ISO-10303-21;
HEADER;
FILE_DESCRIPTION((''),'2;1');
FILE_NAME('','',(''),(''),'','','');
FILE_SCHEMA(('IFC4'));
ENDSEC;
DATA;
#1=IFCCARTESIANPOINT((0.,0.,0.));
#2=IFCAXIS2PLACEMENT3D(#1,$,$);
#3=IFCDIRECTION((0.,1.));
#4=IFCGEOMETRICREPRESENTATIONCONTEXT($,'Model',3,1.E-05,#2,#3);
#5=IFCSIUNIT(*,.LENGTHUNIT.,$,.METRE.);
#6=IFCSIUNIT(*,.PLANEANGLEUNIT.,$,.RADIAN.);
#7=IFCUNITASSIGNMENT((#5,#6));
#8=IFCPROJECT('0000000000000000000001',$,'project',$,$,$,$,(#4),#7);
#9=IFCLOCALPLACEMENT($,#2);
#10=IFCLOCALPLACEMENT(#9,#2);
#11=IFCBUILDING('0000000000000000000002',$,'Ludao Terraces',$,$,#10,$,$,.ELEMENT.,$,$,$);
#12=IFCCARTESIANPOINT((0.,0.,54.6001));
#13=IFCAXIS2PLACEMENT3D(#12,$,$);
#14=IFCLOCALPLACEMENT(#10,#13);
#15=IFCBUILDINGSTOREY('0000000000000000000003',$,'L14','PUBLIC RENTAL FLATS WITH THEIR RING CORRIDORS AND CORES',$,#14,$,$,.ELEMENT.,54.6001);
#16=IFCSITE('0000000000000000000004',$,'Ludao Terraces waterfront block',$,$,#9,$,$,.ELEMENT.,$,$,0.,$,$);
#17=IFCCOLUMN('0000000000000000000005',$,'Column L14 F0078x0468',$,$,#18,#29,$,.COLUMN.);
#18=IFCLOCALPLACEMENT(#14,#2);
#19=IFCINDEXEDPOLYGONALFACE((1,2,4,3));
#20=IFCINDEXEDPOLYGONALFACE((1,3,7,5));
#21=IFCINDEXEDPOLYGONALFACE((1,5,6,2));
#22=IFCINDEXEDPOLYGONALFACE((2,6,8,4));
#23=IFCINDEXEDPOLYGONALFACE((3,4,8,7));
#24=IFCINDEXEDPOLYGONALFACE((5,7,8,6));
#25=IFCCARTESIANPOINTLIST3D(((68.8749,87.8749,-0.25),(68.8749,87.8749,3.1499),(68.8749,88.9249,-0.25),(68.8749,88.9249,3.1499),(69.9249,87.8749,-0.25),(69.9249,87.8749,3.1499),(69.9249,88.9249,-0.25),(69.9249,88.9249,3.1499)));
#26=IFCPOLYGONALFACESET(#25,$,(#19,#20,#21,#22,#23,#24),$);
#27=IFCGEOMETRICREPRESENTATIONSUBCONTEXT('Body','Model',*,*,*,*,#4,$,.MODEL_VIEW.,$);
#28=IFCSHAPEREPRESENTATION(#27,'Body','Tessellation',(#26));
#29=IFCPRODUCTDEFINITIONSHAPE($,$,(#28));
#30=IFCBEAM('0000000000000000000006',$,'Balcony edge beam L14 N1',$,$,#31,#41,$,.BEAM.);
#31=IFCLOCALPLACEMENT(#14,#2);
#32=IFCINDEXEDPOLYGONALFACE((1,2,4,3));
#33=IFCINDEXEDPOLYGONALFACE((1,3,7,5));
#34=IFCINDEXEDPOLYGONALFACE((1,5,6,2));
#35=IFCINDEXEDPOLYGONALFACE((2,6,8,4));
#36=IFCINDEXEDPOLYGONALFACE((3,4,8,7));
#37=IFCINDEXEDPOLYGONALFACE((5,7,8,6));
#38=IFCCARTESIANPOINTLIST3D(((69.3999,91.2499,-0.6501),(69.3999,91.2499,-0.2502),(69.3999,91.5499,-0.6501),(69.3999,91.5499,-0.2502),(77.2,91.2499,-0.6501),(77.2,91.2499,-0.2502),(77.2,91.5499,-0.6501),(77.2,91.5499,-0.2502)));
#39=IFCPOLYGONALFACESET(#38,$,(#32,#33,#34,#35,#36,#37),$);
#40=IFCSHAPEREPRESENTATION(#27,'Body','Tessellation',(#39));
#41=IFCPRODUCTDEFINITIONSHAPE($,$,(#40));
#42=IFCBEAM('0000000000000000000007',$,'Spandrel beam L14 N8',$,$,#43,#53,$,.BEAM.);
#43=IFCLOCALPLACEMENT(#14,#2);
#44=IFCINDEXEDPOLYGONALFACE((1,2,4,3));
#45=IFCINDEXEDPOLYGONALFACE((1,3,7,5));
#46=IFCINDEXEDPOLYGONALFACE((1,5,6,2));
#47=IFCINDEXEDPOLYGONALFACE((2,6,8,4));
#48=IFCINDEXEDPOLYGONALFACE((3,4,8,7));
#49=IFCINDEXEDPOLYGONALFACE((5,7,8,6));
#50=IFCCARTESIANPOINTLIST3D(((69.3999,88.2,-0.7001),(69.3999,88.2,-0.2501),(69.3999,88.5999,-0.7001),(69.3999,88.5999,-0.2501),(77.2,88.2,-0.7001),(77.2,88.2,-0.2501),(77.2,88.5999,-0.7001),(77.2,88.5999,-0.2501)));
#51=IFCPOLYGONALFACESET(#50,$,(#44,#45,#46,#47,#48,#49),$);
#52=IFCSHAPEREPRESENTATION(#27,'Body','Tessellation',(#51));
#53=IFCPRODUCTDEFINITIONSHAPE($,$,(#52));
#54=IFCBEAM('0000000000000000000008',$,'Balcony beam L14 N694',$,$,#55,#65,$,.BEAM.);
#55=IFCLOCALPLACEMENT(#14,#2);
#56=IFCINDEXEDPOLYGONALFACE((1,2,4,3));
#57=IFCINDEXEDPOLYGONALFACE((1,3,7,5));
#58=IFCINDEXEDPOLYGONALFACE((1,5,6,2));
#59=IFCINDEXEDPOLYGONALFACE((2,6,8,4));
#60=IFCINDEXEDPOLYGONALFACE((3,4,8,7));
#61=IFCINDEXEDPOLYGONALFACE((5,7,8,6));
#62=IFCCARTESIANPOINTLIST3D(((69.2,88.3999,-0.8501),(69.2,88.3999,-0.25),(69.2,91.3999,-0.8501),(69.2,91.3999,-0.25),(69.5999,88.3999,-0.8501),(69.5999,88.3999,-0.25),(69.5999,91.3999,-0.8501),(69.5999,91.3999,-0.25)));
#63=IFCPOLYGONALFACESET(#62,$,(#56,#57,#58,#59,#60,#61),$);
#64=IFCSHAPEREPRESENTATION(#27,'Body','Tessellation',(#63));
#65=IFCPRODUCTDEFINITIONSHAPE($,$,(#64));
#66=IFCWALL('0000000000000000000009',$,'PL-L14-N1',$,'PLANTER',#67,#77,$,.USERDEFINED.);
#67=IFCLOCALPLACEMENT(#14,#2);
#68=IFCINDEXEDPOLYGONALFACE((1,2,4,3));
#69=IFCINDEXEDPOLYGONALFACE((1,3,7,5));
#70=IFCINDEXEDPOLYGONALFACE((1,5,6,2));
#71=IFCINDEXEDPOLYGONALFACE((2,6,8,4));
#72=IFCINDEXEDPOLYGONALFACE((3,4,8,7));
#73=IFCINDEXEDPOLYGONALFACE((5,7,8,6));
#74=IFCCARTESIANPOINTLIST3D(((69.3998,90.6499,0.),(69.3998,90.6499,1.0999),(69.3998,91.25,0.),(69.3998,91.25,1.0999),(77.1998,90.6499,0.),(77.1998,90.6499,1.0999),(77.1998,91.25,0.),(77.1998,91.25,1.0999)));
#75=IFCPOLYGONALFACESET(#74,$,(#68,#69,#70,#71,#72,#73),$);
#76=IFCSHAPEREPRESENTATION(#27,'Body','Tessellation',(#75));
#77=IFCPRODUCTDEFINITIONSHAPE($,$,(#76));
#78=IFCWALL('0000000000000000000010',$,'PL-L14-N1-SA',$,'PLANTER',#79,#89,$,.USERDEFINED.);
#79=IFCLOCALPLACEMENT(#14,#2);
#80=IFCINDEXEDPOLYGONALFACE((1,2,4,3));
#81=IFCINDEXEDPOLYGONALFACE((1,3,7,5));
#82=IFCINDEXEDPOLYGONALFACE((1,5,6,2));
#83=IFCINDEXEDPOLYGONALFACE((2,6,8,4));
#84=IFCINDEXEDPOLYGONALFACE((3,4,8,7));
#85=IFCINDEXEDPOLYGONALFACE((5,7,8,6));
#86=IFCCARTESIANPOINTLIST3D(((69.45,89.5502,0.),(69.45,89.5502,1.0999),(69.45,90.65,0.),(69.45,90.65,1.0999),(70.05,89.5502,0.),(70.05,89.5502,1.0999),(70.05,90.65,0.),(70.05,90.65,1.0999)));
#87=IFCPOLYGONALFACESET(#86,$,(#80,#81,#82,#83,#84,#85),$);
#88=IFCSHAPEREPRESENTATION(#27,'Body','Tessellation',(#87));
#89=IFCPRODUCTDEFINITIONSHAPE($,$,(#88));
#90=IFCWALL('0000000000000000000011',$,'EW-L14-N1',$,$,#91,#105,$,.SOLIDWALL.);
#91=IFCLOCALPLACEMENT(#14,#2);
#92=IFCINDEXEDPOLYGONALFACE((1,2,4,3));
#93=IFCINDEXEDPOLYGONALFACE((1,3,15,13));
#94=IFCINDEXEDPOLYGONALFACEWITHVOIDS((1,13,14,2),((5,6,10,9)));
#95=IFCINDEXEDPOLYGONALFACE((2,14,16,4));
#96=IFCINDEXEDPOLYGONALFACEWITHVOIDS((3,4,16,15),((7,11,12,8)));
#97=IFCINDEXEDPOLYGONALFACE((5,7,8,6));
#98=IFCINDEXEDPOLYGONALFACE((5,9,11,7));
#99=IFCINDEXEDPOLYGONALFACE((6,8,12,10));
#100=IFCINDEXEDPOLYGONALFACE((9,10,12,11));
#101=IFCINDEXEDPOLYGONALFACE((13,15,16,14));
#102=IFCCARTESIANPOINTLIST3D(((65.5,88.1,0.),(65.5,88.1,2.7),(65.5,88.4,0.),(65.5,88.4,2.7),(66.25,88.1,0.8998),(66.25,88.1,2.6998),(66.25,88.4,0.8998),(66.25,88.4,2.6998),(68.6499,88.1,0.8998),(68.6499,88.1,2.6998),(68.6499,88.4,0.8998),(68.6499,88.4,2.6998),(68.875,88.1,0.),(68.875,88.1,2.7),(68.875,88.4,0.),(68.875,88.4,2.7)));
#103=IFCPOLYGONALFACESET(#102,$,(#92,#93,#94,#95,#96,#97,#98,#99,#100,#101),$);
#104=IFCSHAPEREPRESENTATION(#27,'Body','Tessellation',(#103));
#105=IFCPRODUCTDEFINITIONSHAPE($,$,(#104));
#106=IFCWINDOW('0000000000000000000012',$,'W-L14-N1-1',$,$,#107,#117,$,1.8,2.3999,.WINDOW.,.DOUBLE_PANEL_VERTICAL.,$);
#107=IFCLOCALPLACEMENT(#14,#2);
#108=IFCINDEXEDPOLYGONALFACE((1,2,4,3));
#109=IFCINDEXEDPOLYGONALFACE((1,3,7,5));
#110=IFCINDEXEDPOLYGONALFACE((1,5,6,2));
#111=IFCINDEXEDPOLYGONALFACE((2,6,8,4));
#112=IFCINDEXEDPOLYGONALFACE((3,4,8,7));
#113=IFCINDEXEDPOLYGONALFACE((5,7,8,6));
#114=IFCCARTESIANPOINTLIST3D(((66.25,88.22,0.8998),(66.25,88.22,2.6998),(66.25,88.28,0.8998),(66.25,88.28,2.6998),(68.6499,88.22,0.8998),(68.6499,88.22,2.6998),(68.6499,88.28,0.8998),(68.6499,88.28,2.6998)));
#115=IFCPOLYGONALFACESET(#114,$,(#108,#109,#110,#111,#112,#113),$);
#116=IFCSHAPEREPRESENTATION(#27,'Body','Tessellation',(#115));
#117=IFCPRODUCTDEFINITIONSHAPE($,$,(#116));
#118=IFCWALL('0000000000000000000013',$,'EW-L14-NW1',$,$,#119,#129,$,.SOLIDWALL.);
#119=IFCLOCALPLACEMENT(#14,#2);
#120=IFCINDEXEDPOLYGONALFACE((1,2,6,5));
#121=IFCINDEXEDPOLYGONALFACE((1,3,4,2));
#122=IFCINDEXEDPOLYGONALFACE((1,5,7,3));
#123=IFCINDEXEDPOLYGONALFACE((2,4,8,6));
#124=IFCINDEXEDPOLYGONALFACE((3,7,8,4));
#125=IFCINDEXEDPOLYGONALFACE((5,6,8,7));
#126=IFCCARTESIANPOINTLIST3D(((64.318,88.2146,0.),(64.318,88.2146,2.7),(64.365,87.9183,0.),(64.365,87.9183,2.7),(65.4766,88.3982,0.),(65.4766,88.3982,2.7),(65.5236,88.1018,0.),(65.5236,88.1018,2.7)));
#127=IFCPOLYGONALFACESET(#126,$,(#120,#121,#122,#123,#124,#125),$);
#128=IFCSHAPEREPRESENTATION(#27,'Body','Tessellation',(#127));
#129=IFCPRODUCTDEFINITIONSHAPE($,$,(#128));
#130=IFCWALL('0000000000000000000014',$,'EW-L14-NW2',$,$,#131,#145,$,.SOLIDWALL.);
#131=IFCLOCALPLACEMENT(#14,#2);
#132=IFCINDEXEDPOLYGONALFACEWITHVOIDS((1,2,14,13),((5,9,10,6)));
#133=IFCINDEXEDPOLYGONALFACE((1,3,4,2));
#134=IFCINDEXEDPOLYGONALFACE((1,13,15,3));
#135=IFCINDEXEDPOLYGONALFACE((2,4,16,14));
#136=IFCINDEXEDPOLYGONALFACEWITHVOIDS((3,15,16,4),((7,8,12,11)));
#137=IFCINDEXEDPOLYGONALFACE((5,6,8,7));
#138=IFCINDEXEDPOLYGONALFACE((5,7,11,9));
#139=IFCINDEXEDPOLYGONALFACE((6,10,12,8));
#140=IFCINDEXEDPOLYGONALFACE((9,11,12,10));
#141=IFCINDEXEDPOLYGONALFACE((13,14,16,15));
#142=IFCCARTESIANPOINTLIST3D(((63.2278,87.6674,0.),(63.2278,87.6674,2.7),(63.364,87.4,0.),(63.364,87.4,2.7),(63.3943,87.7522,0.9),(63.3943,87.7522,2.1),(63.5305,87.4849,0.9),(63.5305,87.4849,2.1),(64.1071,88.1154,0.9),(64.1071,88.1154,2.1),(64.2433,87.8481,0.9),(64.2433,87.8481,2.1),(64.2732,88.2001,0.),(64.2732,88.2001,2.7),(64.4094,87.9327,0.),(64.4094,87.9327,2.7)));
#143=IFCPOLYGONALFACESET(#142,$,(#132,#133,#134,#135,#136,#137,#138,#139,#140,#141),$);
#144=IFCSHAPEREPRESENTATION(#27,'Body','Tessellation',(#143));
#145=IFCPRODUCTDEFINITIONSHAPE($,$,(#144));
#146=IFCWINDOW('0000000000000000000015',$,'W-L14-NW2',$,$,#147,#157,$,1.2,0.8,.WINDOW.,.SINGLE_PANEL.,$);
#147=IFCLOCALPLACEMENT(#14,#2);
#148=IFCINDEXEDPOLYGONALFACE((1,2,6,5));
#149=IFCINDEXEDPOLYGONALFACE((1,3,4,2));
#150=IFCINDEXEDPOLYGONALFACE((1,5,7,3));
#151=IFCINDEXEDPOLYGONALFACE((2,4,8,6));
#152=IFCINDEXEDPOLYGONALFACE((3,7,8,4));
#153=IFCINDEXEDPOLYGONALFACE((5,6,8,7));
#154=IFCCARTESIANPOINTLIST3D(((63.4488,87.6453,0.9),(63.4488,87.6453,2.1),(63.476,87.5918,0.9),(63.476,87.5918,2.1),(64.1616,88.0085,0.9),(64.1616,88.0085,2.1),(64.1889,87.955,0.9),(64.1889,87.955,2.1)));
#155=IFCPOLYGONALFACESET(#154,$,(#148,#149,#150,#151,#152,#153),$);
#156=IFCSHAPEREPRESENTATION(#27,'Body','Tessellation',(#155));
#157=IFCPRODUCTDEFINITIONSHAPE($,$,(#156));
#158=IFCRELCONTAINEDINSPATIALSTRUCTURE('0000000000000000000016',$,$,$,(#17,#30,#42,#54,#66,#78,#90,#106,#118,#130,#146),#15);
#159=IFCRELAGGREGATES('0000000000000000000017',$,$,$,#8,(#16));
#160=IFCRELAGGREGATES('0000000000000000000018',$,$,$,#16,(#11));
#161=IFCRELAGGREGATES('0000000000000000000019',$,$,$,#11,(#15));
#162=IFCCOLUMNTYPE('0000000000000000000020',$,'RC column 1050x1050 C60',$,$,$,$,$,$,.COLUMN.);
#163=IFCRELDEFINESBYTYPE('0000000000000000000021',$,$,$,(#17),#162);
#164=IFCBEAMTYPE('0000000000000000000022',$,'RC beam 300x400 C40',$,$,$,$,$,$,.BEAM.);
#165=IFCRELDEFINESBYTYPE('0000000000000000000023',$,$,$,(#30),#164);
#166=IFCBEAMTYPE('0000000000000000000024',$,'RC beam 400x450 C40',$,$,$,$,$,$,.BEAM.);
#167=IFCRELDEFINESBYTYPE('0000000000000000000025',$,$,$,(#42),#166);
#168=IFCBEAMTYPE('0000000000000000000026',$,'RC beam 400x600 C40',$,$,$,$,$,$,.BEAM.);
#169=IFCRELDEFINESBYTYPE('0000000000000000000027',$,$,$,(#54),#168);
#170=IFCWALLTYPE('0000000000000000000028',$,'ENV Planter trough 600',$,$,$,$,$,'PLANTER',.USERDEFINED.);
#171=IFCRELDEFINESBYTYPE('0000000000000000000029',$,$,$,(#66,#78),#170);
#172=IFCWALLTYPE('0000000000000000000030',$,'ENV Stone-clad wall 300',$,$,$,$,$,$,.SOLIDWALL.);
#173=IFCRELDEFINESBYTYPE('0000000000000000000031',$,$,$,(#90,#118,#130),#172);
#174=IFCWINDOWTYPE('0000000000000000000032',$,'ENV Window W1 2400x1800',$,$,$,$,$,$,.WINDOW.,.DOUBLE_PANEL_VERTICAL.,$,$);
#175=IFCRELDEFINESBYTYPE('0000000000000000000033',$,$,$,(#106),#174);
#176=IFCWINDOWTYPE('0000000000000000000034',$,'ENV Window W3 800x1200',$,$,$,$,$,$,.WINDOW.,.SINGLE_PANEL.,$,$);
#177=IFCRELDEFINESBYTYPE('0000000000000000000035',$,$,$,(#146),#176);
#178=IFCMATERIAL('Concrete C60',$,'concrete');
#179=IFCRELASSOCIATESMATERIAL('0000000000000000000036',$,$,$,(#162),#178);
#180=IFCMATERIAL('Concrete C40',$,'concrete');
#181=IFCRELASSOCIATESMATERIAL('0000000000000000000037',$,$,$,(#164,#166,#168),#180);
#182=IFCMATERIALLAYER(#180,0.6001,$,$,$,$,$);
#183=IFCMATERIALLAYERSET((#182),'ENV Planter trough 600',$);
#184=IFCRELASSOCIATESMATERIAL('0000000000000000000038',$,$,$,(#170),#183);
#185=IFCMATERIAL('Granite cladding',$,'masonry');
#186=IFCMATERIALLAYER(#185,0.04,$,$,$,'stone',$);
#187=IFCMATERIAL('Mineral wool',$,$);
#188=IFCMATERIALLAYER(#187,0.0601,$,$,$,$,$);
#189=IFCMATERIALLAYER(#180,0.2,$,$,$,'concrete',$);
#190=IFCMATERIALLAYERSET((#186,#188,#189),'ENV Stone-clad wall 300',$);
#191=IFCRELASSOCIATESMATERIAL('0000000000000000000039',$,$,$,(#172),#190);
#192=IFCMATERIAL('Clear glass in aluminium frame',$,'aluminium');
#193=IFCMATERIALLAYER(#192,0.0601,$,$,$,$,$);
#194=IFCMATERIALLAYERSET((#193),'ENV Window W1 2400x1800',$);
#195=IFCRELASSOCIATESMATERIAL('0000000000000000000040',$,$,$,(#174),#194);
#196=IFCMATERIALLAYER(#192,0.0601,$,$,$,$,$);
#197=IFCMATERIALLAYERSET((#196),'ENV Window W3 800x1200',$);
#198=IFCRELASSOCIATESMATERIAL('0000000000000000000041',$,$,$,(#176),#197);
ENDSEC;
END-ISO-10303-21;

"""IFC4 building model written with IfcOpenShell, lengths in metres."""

from ifc_helpers import new_model, si_unit, direction, frame, frame_2d, origin, origin_2d, place, context, subcontext, project, spatial, rectangle, extrude, material, layer, layer_set, material_profile, profile_set, type_object, element, fill, save


model = new_model("IFC4")

# Units and contexts
model_context = context("Model", 3, precision=1e-05, world=origin(), true_north=direction((0.0, 1.0)))
body_context = subcontext(model_context, "Body", "Model", "MODEL_VIEW")
ifc_project = project(units=[si_unit("LENGTHUNIT", "METRE"), si_unit("PLANEANGLEUNIT", "RADIAN")], contexts=[model_context])

# Site, building, storey
site_placement = place(None, origin())
site = spatial("IfcSite", under=ifc_project, at=site_placement, Name="Ludao Terraces waterfront block", CompositionType="ELEMENT", RefElevation=0.0)
building_placement = place(site_placement, origin())
building = spatial("IfcBuilding", under=site, at=building_placement, Name="Ludao Terraces", CompositionType="ELEMENT")
storey_placement = place(building_placement, frame((0.0, 0.0, 54.6001)))
storey = spatial("IfcBuildingStorey", under=building, at=storey_placement, Name="L14", Description="PUBLIC RENTAL FLATS WITH THEIR RING CORRIDORS AND CORES", CompositionType="ELEMENT", Elevation=54.6001)

# Column
ifc_material_1 = material(Name="Concrete C60", Category="concrete")
ifc_material_profile_1 = material_profile(ifc_material_1, rectangle(XDim=1.05, YDim=1.05, at=origin_2d()), Name="1050 X 1050")
ifc_profile_set_1 = profile_set([ifc_material_profile_1], Name="Concrete C60")
column_type = type_object("IfcColumnType", Name="RC column 1050x1050 C60", PredefinedType="COLUMN", material=ifc_profile_set_1)
column_placement = place(storey_placement, frame((69.3999, 88.3999, -0.25), z_axis=(0.0, 0.0, 1.0), x_axis=(1.0, 0.0, 0.0)))
element("IfcColumn", 1, at=column_placement, inside=storey, type_object=column_type, Name="Column L14 F0078x0468", PredefinedType="COLUMN", context=body_context, shape_type="SweptSolid", body=[
    extrude(rectangle(XDim=1.05, YDim=1.05, at=origin_2d()), origin(), (0.0, 0.0, 1.0), 3.3999),
])

# Beams
ifc_material_2 = material(Name="Concrete C40", Category="concrete")
ifc_material_profile_2 = material_profile(ifc_material_2, rectangle(XDim=0.3, YDim=0.3999, at=origin_2d()), Name="300 X 400")
ifc_profile_set_2 = profile_set([ifc_material_profile_2], Name="Concrete C40")
beam_type_1 = type_object("IfcBeamType", Name="RC beam 300x400 C40", PredefinedType="BEAM", material=ifc_profile_set_2)
beam_1_placement = place(storey_placement, frame((69.3999, 91.3999, -0.4502), z_axis=(1.0, 0.0, 0.0), x_axis=(0.0, 1.0, 0.0)))
element("IfcBeam", 2, at=beam_1_placement, inside=storey, type_object=beam_type_1, Name="Balcony edge beam L14 N1", PredefinedType="BEAM", context=body_context, shape_type="SweptSolid", body=[
    extrude(rectangle(XDim=0.3, YDim=0.3999, at=origin_2d()), origin(), (0.0, 0.0, 1.0), 7.8),
])
ifc_material_profile_3 = material_profile(ifc_material_2, rectangle(XDim=0.3999, YDim=0.45, at=origin_2d()), Name="400 X 450")
ifc_profile_set_3 = profile_set([ifc_material_profile_3], Name="Concrete C40")
beam_type_2 = type_object("IfcBeamType", Name="RC beam 400x450 C40", PredefinedType="BEAM", material=ifc_profile_set_3)
beam_2_placement = place(storey_placement, frame((69.3999, 88.3999, -0.4751), z_axis=(1.0, 0.0, 0.0), x_axis=(0.0, 1.0, 0.0)))
element("IfcBeam", 3, at=beam_2_placement, inside=storey, type_object=beam_type_2, Name="Spandrel beam L14 N8", PredefinedType="BEAM", context=body_context, shape_type="SweptSolid", body=[
    extrude(rectangle(XDim=0.3999, YDim=0.45, at=origin_2d()), origin(), (0.0, 0.0, 1.0), 7.8),
])
ifc_material_profile_4 = material_profile(ifc_material_2, rectangle(XDim=0.3999, YDim=0.6001, at=origin_2d()), Name="400 X 600")
ifc_profile_set_4 = profile_set([ifc_material_profile_4], Name="Concrete C40")
beam_type_3 = type_object("IfcBeamType", Name="RC beam 400x600 C40", PredefinedType="BEAM", material=ifc_profile_set_4)
beam_3_placement = place(storey_placement, frame((69.3999, 88.3999, -0.55), z_axis=(0.0, 1.0, 0.0), x_axis=(-1.0, 0.0, 0.0)))
element("IfcBeam", 4, at=beam_3_placement, inside=storey, type_object=beam_type_3, Name="Balcony beam L14 N694", PredefinedType="BEAM", context=body_context, shape_type="SweptSolid", body=[
    extrude(rectangle(XDim=0.3999, YDim=0.6001, at=origin_2d()), origin(), (0.0, 0.0, 1.0), 3.0),
])

# Walls
ifc_layer_1 = layer(ifc_material_2, 0.6001)
ifc_layer_set_1 = layer_set([ifc_layer_1], Name="ENV Planter trough 600")
wall_type_1 = type_object("IfcWallType", Name="ENV Planter trough 600", ElementType="PLANTER", PredefinedType="USERDEFINED", material=ifc_layer_set_1)
wall_1_placement = place(storey_placement, frame((69.3999, 90.95, 0.0), z_axis=(0.0, 0.0, 1.0), x_axis=(1.0, 0.0, 0.0)))
element("IfcWall", 5, at=wall_1_placement, inside=storey, type_object=wall_type_1, Name="PL-L14-N1", ObjectType="PLANTER", PredefinedType="USERDEFINED", context=body_context, shape_type="SweptSolid", body=[
    extrude(rectangle(XDim=7.8, YDim=0.6001, at=frame_2d((3.8999, 0.0))), origin(), (0.0, 0.0, 1.0), 1.0999),
])
wall_2_placement = place(storey_placement, frame((69.75, 90.6499, 0.0), z_axis=(0.0, 0.0, 1.0), x_axis=(0.0, -1.0, 0.0)))
element("IfcWall", 6, at=wall_2_placement, inside=storey, type_object=wall_type_1, Name="PL-L14-N1-SA", ObjectType="PLANTER", PredefinedType="USERDEFINED", context=body_context, shape_type="SweptSolid", body=[
    extrude(rectangle(XDim=1.0999, YDim=0.6001, at=frame_2d((0.5498, 0.0))), origin(), (0.0, 0.0, 1.0), 1.0999),
])

# Wall, opening, window
ifc_material_3 = material(Name="Granite cladding", Category="masonry")
ifc_layer_2 = layer(ifc_material_3, 0.04, Category="stone")
ifc_material_4 = material(Name="Mineral wool")
ifc_layer_3 = layer(ifc_material_4, 0.0601)
ifc_layer_4 = layer(ifc_material_2, 0.2, Category="concrete")
ifc_layer_set_2 = layer_set([ifc_layer_2, ifc_layer_3, ifc_layer_4], Name="ENV Stone-clad wall 300")
wall_type_2 = type_object("IfcWallType", Name="ENV Stone-clad wall 300", PredefinedType="SOLIDWALL", material=ifc_layer_set_2)
wall_3_placement = place(storey_placement, frame((65.5, 88.25, 0.0), z_axis=(0.0, 0.0, 1.0), x_axis=(1.0, 0.0, 0.0)))
wall_3 = element("IfcWall", 7, at=wall_3_placement, inside=storey, type_object=wall_type_2, Name="EW-L14-N1", PredefinedType="SOLIDWALL", context=body_context, shape_type="SweptSolid", body=[
    extrude(rectangle(XDim=3.375, YDim=0.3, at=frame_2d((1.6875, 0.0))), origin(), (0.0, 0.0, 1.0), 2.7),
])
opening_1_placement = place(wall_3_placement, frame((0.75, 0.0, 0.8999)))
opening_1 = element("IfcOpeningElement", 8, at=opening_1_placement, cuts=wall_3, PredefinedType="OPENING", context=body_context, shape_type="SweptSolid", body=[
    extrude(rectangle(XDim=2.3999, YDim=1.8, at=frame_2d((1.2, 0.8999))), frame((0.0, 0.1602, 0.0), z_axis=(0.0, -1.0, 0.0), x_axis=(1.0, 0.0, 0.0)), (0.0, 0.0, 1.0), 0.3201),
])
ifc_material_5 = material(Name="Clear glass in aluminium frame", Category="aluminium")
ifc_layer_5 = layer(ifc_material_5, 0.0601)
ifc_layer_set_3 = layer_set([ifc_layer_5], Name="ENV Window W1 2400x1800")
window_type_1 = type_object("IfcWindowType", Name="ENV Window W1 2400x1800", PartitioningType="DOUBLE_PANEL_VERTICAL", PredefinedType="WINDOW", material=ifc_layer_set_3)
window_1_placement = place(opening_1_placement, origin())
window_1 = element("IfcWindow", 9, at=window_1_placement, inside=storey, type_object=window_type_1, Name="W-L14-N1-1", OverallHeight=1.8, OverallWidth=2.3999, PartitioningType="DOUBLE_PANEL_VERTICAL", PredefinedType="WINDOW", context=body_context, shape_type="SweptSolid", body=[
    extrude(rectangle(XDim=2.3999, YDim=1.8, at=frame_2d((1.2, 0.8999))), frame((0.0, 0.03, 0.0), z_axis=(0.0, -1.0, 0.0), x_axis=(1.0, 0.0, 0.0)), (0.0, 0.0, 1.0), 0.0601),
])
fill(opening_1, window_1)

# Wall
wall_4_placement = place(storey_placement, frame((65.5, 88.25, 0.0), z_axis=(0.0, 0.0, 1.0), x_axis=(-0.987678, -0.156497, 0.0)))
element("IfcWall", 10, at=wall_4_placement, inside=storey, type_object=wall_type_2, Name="EW-L14-NW1", PredefinedType="SOLIDWALL", context=body_context, shape_type="SweptSolid", body=[
    extrude(rectangle(XDim=1.1731, YDim=0.3, at=frame_2d((0.5864, 0.0))), origin(), (0.0, 0.0, 1.0), 2.7),
])

# Wall, opening, window
wall_5_placement = place(storey_placement, frame((64.3413, 88.0664, 0.0), z_axis=(0.0, 0.0, 1.0), x_axis=(-0.890989, -0.454026, 0.0)))
wall_5 = element("IfcWall", 11, at=wall_5_placement, inside=storey, type_object=wall_type_2, Name="EW-L14-NW2", PredefinedType="SOLIDWALL", context=body_context, shape_type="SweptSolid", body=[
    extrude(rectangle(XDim=1.1733, YDim=0.3, at=frame_2d((0.5867, 0.0))), origin(), (0.0, 0.0, 1.0), 2.7),
])
opening_2_placement = place(wall_5_placement, frame((0.1865, 0.0, 0.8999)))
opening_2 = element("IfcOpeningElement", 12, at=opening_2_placement, cuts=wall_5, PredefinedType="OPENING", context=body_context, shape_type="SweptSolid", body=[
    extrude(rectangle(XDim=0.8, YDim=1.2, at=frame_2d((0.3999, 0.6001))), frame((0.0, 0.1602, 0.0), z_axis=(0.0, -1.0, 0.0), x_axis=(1.0, 0.0, 0.0)), (0.0, 0.0, 1.0), 0.3201),
])
ifc_layer_6 = layer(ifc_material_5, 0.0601)
ifc_layer_set_4 = layer_set([ifc_layer_6], Name="ENV Window W3 800x1200")
window_type_2 = type_object("IfcWindowType", Name="ENV Window W3 800x1200", PartitioningType="SINGLE_PANEL", PredefinedType="WINDOW", material=ifc_layer_set_4)
window_2_placement = place(opening_2_placement, origin())
window_2 = element("IfcWindow", 13, at=window_2_placement, inside=storey, type_object=window_type_2, Name="W-L14-NW2", OverallHeight=1.2, OverallWidth=0.8, PartitioningType="SINGLE_PANEL", PredefinedType="WINDOW", context=body_context, shape_type="SweptSolid", body=[
    extrude(rectangle(XDim=0.8, YDim=1.2, at=frame_2d((0.3999, 0.6001))), frame((0.0, 0.03, 0.0), z_axis=(0.0, -1.0, 0.0), x_axis=(1.0, 0.0, 0.0)), (0.0, 0.0, 1.0), 0.0601),
])
fill(opening_2, window_2)

save(model, "model.ifc")
